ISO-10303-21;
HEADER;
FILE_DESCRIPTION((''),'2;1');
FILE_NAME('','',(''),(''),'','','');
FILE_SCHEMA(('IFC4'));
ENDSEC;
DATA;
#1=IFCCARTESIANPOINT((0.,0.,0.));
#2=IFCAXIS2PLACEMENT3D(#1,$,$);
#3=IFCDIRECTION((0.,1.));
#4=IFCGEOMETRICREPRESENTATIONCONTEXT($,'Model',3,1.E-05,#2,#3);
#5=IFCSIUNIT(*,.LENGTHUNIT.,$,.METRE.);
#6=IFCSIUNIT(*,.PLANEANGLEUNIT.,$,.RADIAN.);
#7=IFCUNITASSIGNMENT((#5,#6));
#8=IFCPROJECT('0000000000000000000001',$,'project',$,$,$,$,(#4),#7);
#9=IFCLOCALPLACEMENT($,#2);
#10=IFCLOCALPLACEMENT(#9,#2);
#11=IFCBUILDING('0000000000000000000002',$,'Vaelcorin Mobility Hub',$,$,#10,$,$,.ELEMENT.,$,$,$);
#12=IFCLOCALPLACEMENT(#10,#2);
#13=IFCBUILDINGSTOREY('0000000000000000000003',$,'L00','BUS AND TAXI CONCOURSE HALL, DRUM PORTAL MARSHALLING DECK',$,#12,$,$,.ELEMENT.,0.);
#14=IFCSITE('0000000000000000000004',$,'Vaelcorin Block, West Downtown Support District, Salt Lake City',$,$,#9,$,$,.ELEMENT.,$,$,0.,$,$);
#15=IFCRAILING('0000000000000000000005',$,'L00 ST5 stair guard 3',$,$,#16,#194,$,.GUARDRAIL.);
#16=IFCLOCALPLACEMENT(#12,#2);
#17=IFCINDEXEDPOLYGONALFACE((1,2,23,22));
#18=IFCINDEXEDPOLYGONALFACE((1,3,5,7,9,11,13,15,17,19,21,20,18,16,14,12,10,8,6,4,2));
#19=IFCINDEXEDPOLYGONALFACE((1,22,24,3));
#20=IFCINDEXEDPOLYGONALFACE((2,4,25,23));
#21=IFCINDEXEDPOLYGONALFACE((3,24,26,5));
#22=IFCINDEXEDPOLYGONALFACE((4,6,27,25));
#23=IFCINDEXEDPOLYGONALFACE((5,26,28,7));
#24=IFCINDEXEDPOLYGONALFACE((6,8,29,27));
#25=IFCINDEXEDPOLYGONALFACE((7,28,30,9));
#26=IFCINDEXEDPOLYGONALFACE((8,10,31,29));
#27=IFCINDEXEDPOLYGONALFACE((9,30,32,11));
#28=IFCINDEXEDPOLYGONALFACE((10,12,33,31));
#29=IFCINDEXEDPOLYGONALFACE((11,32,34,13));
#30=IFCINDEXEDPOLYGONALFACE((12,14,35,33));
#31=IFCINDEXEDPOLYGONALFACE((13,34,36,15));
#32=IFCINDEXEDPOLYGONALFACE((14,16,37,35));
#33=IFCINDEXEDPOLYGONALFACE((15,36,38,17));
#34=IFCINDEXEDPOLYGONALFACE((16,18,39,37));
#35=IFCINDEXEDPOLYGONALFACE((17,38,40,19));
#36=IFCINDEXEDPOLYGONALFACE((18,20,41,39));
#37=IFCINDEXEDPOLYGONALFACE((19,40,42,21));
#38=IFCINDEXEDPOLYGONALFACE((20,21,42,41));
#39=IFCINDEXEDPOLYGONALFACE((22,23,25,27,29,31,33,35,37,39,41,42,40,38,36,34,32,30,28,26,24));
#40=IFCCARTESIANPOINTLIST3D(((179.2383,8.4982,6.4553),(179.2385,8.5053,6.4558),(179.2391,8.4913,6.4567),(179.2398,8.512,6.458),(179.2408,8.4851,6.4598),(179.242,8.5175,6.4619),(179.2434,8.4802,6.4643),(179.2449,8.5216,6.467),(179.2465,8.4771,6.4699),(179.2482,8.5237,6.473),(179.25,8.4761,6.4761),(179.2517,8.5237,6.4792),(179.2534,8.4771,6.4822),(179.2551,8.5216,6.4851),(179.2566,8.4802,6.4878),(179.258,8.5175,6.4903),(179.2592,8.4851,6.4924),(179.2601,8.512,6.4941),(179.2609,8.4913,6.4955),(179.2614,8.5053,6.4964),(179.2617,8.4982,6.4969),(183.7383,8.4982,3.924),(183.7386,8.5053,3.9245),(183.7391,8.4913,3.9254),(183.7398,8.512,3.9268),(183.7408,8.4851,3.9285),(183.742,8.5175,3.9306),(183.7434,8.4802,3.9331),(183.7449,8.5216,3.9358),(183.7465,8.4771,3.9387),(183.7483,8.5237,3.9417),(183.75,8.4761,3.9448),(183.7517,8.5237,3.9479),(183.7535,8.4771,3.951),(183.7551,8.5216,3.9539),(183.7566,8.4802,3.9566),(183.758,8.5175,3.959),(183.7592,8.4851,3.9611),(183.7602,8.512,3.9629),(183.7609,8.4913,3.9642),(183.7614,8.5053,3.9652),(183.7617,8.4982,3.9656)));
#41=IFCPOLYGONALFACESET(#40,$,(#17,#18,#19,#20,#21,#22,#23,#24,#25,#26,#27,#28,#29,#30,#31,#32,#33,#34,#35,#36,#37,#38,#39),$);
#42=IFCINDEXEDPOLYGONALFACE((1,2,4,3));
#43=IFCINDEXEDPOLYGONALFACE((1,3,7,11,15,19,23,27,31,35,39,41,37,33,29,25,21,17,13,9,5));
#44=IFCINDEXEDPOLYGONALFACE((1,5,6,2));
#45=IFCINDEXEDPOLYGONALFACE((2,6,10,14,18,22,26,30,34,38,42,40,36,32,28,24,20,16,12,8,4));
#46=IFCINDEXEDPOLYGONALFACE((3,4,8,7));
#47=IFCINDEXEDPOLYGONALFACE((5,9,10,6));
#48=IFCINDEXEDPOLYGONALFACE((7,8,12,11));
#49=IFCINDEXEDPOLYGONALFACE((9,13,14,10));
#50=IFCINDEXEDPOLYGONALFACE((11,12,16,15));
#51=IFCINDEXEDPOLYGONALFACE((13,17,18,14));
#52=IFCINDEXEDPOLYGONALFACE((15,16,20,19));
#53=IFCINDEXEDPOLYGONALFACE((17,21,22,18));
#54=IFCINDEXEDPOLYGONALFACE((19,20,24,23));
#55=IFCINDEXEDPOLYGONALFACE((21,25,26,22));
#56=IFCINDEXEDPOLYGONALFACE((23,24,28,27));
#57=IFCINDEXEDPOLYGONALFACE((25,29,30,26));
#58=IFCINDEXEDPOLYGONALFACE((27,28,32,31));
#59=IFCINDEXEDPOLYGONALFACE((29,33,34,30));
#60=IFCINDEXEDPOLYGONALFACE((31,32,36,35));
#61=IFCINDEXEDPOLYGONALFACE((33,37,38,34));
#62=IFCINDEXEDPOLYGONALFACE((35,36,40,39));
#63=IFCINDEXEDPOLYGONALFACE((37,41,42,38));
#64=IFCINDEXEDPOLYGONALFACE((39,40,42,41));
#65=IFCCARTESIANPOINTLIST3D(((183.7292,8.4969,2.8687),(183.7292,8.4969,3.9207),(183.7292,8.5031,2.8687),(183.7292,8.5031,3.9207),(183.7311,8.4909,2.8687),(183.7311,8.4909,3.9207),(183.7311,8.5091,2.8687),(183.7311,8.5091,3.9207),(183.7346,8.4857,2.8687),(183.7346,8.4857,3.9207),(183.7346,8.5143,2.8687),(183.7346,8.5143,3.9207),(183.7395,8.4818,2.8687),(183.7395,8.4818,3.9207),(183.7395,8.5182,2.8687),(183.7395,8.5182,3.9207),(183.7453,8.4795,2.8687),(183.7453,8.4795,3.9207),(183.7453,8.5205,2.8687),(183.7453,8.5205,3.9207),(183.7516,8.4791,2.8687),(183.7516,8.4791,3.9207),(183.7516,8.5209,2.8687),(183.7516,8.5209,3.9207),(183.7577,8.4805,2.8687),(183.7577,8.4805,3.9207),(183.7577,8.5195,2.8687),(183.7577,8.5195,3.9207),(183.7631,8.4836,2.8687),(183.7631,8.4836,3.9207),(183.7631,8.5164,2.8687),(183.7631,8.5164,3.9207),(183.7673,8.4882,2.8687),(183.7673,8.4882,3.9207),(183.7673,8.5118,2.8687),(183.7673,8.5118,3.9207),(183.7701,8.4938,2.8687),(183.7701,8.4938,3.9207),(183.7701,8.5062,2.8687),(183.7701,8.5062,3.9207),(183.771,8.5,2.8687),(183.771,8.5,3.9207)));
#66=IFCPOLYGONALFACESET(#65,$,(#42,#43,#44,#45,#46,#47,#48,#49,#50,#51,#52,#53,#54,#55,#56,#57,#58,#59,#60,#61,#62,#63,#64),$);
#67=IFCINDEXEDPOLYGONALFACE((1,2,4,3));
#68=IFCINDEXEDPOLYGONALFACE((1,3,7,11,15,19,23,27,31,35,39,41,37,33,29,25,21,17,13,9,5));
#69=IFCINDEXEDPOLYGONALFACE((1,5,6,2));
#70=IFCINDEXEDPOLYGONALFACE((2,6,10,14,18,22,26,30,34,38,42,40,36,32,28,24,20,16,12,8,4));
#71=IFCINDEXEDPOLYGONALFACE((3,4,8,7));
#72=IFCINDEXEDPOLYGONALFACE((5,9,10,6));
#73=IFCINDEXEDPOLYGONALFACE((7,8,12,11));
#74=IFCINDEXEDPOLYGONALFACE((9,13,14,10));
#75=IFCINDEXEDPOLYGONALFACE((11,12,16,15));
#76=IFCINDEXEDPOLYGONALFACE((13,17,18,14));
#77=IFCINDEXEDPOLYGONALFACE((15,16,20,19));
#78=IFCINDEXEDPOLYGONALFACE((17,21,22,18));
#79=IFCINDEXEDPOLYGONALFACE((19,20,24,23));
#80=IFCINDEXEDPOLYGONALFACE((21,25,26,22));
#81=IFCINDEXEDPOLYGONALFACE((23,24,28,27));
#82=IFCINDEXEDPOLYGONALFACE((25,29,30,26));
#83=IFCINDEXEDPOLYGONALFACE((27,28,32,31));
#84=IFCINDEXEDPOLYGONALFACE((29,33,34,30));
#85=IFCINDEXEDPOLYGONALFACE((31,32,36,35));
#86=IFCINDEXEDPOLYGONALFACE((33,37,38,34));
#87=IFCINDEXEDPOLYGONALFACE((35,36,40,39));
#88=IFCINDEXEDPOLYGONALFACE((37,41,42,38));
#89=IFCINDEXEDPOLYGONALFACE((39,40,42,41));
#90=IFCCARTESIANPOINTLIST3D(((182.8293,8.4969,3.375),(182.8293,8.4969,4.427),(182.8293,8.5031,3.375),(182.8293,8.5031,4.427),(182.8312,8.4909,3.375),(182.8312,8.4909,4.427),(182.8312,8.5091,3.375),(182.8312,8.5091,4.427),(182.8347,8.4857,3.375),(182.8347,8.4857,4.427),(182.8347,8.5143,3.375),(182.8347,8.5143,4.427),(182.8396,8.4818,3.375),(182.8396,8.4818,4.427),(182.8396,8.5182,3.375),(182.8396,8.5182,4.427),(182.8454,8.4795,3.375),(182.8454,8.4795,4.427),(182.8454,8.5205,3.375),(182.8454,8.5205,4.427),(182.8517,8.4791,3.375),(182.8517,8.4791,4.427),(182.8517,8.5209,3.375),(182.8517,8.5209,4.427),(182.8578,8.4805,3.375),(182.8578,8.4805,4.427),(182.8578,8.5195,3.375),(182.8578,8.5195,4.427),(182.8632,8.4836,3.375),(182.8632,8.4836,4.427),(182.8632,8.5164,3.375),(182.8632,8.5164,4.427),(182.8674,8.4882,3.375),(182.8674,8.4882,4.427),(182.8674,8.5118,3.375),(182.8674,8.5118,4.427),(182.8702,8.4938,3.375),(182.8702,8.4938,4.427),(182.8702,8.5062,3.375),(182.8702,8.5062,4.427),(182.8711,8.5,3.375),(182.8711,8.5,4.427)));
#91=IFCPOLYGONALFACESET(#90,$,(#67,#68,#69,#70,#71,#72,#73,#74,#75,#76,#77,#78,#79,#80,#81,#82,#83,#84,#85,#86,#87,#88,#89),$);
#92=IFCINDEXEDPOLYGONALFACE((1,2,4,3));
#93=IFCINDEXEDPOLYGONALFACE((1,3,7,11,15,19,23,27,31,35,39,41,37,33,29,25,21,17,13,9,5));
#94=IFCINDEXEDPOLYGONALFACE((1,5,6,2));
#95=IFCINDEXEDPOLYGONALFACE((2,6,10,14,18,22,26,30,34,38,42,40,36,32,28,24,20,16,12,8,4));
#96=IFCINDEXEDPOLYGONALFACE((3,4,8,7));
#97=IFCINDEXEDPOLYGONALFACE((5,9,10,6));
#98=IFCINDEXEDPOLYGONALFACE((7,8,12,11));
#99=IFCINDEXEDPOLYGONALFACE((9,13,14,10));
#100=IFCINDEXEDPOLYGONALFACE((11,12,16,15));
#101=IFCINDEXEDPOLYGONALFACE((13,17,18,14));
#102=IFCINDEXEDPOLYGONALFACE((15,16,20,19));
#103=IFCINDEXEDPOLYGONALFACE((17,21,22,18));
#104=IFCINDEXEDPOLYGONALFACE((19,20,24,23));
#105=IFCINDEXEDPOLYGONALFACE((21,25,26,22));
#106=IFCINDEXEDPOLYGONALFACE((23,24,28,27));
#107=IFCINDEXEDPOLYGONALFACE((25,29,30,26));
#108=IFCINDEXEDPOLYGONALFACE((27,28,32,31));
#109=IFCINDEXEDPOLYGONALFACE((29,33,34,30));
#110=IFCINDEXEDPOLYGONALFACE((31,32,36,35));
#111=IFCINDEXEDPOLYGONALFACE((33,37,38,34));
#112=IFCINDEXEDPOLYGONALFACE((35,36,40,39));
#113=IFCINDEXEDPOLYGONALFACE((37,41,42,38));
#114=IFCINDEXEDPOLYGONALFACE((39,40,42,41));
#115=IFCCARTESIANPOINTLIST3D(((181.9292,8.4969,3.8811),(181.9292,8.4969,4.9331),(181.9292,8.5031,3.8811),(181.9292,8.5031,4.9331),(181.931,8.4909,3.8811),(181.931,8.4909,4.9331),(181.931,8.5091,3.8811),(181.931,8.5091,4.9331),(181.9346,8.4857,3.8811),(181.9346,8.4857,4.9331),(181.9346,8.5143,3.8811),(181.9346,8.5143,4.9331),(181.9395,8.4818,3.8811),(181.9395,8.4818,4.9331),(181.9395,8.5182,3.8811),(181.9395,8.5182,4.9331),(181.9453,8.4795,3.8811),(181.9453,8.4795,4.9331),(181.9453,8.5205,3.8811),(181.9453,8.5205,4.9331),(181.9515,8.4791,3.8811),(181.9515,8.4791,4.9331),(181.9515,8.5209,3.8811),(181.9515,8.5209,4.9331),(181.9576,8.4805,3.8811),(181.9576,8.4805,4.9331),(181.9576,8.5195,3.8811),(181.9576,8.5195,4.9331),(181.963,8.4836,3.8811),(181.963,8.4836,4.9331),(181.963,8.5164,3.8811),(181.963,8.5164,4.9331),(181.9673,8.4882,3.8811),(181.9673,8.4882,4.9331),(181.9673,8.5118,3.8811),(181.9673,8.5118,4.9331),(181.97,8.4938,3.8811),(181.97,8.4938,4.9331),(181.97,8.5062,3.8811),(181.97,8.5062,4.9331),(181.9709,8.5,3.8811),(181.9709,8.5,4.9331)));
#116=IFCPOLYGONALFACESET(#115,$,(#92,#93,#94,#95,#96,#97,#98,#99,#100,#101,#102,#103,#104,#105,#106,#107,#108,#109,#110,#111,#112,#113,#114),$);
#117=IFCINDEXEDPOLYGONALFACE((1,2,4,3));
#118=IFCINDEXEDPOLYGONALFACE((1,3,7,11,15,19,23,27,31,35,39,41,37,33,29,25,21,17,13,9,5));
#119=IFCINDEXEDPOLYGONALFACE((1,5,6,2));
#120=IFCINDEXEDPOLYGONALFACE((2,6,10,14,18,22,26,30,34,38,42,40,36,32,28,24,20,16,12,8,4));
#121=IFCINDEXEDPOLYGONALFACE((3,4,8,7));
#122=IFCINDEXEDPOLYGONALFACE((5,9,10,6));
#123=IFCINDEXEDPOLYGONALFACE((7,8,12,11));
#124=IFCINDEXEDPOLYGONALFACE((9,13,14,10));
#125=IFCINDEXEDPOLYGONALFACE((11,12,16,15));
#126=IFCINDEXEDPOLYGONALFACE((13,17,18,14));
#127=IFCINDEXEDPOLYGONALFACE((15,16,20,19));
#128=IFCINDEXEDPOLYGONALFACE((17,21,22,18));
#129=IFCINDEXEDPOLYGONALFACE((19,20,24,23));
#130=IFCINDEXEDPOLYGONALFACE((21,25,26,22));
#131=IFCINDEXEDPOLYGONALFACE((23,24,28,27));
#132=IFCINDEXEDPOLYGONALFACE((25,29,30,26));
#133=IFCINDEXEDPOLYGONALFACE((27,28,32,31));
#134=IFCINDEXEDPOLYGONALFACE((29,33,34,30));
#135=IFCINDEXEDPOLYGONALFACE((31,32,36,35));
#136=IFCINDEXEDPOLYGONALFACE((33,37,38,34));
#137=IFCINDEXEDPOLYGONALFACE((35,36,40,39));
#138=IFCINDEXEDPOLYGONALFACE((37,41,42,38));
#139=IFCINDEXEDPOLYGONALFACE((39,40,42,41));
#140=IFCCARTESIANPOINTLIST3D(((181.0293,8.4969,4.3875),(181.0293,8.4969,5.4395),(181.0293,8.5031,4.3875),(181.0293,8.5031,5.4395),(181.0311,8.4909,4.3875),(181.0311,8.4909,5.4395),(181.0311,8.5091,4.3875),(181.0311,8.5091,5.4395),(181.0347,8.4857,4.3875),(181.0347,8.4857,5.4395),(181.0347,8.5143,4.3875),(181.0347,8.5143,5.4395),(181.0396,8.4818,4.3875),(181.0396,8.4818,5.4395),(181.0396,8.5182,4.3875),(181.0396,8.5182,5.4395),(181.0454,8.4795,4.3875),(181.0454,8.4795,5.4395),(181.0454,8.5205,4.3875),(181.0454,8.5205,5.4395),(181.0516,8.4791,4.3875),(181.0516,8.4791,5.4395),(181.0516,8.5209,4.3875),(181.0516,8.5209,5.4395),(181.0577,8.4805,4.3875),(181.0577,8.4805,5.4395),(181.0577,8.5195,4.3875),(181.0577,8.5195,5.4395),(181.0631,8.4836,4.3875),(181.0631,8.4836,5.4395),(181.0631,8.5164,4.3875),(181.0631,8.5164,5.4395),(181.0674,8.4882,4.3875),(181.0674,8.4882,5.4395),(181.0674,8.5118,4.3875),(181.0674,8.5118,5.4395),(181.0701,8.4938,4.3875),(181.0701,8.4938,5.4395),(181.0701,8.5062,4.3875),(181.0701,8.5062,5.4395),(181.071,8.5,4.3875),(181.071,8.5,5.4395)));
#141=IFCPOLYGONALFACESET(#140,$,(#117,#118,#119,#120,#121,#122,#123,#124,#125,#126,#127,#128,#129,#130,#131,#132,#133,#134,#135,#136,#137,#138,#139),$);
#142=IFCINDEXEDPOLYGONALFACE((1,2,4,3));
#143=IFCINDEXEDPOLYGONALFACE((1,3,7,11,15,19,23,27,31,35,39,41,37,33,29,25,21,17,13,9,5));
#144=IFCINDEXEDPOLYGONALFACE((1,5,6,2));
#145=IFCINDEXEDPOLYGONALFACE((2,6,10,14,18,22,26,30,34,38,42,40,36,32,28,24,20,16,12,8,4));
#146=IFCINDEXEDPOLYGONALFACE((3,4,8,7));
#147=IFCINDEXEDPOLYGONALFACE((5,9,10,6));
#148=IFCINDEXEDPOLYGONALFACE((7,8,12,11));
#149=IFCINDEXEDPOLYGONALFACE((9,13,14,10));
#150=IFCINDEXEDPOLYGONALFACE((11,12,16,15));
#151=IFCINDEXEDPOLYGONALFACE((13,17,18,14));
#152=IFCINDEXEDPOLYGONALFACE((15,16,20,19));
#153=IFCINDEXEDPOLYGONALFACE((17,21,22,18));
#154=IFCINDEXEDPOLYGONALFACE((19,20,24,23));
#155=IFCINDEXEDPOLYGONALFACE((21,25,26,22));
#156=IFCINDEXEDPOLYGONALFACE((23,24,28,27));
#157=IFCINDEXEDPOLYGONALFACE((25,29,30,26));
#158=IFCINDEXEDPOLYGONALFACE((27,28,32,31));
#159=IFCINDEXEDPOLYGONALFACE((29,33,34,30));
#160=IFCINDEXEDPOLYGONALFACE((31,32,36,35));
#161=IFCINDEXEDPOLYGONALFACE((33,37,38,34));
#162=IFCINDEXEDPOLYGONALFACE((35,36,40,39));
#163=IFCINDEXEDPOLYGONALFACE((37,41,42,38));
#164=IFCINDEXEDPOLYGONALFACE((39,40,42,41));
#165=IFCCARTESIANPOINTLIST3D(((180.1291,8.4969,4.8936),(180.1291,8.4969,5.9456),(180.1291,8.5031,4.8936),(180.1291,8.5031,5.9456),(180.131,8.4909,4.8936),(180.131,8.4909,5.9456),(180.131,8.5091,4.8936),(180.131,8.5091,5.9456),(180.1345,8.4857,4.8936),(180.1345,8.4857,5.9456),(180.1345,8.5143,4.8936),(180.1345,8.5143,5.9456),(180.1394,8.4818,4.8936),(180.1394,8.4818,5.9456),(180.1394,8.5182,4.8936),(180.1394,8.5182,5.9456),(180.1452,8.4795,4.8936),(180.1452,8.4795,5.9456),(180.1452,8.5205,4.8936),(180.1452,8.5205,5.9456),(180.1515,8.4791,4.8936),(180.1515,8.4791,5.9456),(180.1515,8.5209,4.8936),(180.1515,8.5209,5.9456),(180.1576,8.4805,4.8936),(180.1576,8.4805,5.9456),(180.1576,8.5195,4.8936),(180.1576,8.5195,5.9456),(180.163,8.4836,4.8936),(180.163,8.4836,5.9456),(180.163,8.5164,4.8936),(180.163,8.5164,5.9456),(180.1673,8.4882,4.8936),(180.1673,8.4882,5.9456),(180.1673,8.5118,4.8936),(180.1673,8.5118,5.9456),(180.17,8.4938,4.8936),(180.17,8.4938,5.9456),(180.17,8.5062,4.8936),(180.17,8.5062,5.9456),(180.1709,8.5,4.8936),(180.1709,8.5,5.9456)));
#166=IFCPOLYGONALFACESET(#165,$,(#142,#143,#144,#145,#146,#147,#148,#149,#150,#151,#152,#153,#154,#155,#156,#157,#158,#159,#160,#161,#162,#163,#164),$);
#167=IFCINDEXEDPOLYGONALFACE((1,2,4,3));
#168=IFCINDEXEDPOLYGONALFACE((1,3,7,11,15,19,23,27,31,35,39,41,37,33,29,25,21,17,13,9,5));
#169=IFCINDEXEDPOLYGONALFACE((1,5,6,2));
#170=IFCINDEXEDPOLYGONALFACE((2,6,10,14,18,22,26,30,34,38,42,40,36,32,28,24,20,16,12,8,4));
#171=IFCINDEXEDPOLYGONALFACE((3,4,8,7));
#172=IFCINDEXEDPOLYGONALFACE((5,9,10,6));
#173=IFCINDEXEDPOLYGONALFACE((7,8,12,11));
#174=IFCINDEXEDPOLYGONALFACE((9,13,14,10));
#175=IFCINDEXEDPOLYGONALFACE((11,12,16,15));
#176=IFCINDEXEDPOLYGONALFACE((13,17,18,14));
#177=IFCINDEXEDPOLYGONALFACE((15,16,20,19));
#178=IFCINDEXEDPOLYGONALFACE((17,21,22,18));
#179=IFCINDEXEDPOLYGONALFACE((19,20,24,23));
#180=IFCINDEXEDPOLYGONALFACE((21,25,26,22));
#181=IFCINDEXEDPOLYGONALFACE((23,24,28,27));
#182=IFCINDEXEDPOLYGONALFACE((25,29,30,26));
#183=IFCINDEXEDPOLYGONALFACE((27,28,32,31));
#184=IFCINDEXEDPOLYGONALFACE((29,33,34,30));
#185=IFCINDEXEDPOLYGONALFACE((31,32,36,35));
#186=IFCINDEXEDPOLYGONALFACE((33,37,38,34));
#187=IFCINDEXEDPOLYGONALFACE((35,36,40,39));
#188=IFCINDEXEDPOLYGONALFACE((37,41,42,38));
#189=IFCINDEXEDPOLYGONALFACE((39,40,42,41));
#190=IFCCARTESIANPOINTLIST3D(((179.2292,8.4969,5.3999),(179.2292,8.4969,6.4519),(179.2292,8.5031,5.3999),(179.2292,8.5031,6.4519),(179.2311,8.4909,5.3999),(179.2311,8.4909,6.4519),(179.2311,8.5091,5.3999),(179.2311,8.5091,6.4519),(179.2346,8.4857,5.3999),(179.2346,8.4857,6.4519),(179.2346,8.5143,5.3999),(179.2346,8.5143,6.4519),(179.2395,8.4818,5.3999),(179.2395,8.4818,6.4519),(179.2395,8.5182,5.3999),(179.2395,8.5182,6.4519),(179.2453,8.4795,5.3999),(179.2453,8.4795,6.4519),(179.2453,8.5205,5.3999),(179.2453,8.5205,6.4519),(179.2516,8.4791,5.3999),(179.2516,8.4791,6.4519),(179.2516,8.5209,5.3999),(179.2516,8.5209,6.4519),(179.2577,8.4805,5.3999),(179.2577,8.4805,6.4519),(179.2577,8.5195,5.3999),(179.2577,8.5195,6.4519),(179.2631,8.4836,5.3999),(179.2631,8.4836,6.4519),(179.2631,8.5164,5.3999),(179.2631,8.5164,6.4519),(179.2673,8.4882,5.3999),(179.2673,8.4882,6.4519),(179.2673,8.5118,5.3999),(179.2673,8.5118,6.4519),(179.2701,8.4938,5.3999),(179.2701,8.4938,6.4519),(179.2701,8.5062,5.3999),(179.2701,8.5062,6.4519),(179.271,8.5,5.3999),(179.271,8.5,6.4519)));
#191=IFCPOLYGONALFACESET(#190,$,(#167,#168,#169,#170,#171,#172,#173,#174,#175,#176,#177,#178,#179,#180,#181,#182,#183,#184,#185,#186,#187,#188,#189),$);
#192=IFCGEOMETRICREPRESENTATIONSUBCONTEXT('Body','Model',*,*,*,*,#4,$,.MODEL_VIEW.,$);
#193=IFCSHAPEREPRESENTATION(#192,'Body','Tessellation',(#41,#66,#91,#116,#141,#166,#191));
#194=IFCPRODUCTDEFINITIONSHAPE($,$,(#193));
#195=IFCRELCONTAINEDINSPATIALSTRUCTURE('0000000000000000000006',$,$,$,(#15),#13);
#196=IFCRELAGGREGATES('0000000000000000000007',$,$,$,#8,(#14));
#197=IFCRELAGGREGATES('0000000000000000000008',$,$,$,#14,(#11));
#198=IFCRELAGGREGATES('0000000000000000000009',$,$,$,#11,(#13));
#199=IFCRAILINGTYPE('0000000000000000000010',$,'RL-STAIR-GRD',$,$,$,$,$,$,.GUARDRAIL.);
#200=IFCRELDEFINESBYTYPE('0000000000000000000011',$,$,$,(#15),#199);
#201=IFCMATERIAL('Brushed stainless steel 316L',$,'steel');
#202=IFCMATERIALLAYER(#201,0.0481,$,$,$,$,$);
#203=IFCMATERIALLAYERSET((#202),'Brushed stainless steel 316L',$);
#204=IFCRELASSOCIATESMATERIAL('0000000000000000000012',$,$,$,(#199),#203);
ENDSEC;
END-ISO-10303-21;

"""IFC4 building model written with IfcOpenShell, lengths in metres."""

from ifc_helpers import new_model, si_unit, direction, frame, origin, origin_2d, place, context, subcontext, project, spatial, circle, extrude, material, layer, layer_set, type_object, element, save


model = new_model("IFC4")

# Units and contexts
model_context = context("Model", 3, precision=1e-05, world=origin(), true_north=direction((0.0, 1.0)))
body_context = subcontext(model_context, "Body", "Model", "MODEL_VIEW")
ifc_project = project(units=[si_unit("LENGTHUNIT", "METRE"), si_unit("PLANEANGLEUNIT", "RADIAN")], contexts=[model_context])

# Site, building, storey
site_placement = place(None, origin())
site = spatial("IfcSite", under=ifc_project, at=site_placement, Name="Vaelcorin Block, West Downtown Support District, Salt Lake City", CompositionType="ELEMENT", RefElevation=0.0)
building_placement = place(site_placement, origin())
building = spatial("IfcBuilding", under=site, at=building_placement, Name="Vaelcorin Mobility Hub", CompositionType="ELEMENT")
storey_placement = place(building_placement, origin())
storey = spatial("IfcBuildingStorey", under=building, at=storey_placement, Name="L00", Description="BUS AND TAXI CONCOURSE HALL, DRUM PORTAL MARSHALLING DECK", CompositionType="ELEMENT", Elevation=0.0)

# Railing
ifc_material_1 = material(Name="Brushed stainless steel 316L", Category="steel")
ifc_layer_1 = layer(ifc_material_1, 0.0481)
ifc_layer_set_1 = layer_set([ifc_layer_1], Name="Brushed stainless steel 316L")
railing_type_1 = type_object("IfcRailingType", Name="RL-STAIR-GRD", PredefinedType="GUARDRAIL", material=ifc_layer_set_1)
railing_1_placement = place(storey_placement, frame((183.75, 8.5, 2.8687)))
element("IfcRailing", 1, at=railing_1_placement, inside=storey, type_object=railing_type_1, Name="L00 ST5 stair guard 3", PredefinedType="GUARDRAIL", context=body_context, shape_type="SweptSolid", body=[
    extrude(circle(Radius=0.0239, at=origin_2d()), frame((0.0, 0.0, 1.0762), z_axis=(-0.871576, 0.0, 0.490261), x_axis=(0.0, -1.0, 0.0)), (0.0, 0.0, 1.0), 5.1631),
    extrude(circle(Radius=0.021, at=origin_2d()), origin(), (0.0, 0.0, 1.0), 1.052),
    extrude(circle(Radius=0.021, at=origin_2d()), frame((-0.8999, 0.0, 0.5063)), (0.0, 0.0, 1.0), 1.052),
    extrude(circle(Radius=0.021, at=origin_2d()), frame((-1.8, 0.0, 1.0125)), (0.0, 0.0, 1.0), 1.052),
    extrude(circle(Radius=0.021, at=origin_2d()), frame((-2.7, 0.0, 1.5188)), (0.0, 0.0, 1.0), 1.052),
    extrude(circle(Radius=0.021, at=origin_2d()), frame((-3.6001, 0.0, 2.0249)), (0.0, 0.0, 1.0), 1.052),
    extrude(circle(Radius=0.021, at=origin_2d()), frame((-4.5, 0.0, 2.5312)), (0.0, 0.0, 1.0), 1.052),
])

save(model, "model.ifc")
